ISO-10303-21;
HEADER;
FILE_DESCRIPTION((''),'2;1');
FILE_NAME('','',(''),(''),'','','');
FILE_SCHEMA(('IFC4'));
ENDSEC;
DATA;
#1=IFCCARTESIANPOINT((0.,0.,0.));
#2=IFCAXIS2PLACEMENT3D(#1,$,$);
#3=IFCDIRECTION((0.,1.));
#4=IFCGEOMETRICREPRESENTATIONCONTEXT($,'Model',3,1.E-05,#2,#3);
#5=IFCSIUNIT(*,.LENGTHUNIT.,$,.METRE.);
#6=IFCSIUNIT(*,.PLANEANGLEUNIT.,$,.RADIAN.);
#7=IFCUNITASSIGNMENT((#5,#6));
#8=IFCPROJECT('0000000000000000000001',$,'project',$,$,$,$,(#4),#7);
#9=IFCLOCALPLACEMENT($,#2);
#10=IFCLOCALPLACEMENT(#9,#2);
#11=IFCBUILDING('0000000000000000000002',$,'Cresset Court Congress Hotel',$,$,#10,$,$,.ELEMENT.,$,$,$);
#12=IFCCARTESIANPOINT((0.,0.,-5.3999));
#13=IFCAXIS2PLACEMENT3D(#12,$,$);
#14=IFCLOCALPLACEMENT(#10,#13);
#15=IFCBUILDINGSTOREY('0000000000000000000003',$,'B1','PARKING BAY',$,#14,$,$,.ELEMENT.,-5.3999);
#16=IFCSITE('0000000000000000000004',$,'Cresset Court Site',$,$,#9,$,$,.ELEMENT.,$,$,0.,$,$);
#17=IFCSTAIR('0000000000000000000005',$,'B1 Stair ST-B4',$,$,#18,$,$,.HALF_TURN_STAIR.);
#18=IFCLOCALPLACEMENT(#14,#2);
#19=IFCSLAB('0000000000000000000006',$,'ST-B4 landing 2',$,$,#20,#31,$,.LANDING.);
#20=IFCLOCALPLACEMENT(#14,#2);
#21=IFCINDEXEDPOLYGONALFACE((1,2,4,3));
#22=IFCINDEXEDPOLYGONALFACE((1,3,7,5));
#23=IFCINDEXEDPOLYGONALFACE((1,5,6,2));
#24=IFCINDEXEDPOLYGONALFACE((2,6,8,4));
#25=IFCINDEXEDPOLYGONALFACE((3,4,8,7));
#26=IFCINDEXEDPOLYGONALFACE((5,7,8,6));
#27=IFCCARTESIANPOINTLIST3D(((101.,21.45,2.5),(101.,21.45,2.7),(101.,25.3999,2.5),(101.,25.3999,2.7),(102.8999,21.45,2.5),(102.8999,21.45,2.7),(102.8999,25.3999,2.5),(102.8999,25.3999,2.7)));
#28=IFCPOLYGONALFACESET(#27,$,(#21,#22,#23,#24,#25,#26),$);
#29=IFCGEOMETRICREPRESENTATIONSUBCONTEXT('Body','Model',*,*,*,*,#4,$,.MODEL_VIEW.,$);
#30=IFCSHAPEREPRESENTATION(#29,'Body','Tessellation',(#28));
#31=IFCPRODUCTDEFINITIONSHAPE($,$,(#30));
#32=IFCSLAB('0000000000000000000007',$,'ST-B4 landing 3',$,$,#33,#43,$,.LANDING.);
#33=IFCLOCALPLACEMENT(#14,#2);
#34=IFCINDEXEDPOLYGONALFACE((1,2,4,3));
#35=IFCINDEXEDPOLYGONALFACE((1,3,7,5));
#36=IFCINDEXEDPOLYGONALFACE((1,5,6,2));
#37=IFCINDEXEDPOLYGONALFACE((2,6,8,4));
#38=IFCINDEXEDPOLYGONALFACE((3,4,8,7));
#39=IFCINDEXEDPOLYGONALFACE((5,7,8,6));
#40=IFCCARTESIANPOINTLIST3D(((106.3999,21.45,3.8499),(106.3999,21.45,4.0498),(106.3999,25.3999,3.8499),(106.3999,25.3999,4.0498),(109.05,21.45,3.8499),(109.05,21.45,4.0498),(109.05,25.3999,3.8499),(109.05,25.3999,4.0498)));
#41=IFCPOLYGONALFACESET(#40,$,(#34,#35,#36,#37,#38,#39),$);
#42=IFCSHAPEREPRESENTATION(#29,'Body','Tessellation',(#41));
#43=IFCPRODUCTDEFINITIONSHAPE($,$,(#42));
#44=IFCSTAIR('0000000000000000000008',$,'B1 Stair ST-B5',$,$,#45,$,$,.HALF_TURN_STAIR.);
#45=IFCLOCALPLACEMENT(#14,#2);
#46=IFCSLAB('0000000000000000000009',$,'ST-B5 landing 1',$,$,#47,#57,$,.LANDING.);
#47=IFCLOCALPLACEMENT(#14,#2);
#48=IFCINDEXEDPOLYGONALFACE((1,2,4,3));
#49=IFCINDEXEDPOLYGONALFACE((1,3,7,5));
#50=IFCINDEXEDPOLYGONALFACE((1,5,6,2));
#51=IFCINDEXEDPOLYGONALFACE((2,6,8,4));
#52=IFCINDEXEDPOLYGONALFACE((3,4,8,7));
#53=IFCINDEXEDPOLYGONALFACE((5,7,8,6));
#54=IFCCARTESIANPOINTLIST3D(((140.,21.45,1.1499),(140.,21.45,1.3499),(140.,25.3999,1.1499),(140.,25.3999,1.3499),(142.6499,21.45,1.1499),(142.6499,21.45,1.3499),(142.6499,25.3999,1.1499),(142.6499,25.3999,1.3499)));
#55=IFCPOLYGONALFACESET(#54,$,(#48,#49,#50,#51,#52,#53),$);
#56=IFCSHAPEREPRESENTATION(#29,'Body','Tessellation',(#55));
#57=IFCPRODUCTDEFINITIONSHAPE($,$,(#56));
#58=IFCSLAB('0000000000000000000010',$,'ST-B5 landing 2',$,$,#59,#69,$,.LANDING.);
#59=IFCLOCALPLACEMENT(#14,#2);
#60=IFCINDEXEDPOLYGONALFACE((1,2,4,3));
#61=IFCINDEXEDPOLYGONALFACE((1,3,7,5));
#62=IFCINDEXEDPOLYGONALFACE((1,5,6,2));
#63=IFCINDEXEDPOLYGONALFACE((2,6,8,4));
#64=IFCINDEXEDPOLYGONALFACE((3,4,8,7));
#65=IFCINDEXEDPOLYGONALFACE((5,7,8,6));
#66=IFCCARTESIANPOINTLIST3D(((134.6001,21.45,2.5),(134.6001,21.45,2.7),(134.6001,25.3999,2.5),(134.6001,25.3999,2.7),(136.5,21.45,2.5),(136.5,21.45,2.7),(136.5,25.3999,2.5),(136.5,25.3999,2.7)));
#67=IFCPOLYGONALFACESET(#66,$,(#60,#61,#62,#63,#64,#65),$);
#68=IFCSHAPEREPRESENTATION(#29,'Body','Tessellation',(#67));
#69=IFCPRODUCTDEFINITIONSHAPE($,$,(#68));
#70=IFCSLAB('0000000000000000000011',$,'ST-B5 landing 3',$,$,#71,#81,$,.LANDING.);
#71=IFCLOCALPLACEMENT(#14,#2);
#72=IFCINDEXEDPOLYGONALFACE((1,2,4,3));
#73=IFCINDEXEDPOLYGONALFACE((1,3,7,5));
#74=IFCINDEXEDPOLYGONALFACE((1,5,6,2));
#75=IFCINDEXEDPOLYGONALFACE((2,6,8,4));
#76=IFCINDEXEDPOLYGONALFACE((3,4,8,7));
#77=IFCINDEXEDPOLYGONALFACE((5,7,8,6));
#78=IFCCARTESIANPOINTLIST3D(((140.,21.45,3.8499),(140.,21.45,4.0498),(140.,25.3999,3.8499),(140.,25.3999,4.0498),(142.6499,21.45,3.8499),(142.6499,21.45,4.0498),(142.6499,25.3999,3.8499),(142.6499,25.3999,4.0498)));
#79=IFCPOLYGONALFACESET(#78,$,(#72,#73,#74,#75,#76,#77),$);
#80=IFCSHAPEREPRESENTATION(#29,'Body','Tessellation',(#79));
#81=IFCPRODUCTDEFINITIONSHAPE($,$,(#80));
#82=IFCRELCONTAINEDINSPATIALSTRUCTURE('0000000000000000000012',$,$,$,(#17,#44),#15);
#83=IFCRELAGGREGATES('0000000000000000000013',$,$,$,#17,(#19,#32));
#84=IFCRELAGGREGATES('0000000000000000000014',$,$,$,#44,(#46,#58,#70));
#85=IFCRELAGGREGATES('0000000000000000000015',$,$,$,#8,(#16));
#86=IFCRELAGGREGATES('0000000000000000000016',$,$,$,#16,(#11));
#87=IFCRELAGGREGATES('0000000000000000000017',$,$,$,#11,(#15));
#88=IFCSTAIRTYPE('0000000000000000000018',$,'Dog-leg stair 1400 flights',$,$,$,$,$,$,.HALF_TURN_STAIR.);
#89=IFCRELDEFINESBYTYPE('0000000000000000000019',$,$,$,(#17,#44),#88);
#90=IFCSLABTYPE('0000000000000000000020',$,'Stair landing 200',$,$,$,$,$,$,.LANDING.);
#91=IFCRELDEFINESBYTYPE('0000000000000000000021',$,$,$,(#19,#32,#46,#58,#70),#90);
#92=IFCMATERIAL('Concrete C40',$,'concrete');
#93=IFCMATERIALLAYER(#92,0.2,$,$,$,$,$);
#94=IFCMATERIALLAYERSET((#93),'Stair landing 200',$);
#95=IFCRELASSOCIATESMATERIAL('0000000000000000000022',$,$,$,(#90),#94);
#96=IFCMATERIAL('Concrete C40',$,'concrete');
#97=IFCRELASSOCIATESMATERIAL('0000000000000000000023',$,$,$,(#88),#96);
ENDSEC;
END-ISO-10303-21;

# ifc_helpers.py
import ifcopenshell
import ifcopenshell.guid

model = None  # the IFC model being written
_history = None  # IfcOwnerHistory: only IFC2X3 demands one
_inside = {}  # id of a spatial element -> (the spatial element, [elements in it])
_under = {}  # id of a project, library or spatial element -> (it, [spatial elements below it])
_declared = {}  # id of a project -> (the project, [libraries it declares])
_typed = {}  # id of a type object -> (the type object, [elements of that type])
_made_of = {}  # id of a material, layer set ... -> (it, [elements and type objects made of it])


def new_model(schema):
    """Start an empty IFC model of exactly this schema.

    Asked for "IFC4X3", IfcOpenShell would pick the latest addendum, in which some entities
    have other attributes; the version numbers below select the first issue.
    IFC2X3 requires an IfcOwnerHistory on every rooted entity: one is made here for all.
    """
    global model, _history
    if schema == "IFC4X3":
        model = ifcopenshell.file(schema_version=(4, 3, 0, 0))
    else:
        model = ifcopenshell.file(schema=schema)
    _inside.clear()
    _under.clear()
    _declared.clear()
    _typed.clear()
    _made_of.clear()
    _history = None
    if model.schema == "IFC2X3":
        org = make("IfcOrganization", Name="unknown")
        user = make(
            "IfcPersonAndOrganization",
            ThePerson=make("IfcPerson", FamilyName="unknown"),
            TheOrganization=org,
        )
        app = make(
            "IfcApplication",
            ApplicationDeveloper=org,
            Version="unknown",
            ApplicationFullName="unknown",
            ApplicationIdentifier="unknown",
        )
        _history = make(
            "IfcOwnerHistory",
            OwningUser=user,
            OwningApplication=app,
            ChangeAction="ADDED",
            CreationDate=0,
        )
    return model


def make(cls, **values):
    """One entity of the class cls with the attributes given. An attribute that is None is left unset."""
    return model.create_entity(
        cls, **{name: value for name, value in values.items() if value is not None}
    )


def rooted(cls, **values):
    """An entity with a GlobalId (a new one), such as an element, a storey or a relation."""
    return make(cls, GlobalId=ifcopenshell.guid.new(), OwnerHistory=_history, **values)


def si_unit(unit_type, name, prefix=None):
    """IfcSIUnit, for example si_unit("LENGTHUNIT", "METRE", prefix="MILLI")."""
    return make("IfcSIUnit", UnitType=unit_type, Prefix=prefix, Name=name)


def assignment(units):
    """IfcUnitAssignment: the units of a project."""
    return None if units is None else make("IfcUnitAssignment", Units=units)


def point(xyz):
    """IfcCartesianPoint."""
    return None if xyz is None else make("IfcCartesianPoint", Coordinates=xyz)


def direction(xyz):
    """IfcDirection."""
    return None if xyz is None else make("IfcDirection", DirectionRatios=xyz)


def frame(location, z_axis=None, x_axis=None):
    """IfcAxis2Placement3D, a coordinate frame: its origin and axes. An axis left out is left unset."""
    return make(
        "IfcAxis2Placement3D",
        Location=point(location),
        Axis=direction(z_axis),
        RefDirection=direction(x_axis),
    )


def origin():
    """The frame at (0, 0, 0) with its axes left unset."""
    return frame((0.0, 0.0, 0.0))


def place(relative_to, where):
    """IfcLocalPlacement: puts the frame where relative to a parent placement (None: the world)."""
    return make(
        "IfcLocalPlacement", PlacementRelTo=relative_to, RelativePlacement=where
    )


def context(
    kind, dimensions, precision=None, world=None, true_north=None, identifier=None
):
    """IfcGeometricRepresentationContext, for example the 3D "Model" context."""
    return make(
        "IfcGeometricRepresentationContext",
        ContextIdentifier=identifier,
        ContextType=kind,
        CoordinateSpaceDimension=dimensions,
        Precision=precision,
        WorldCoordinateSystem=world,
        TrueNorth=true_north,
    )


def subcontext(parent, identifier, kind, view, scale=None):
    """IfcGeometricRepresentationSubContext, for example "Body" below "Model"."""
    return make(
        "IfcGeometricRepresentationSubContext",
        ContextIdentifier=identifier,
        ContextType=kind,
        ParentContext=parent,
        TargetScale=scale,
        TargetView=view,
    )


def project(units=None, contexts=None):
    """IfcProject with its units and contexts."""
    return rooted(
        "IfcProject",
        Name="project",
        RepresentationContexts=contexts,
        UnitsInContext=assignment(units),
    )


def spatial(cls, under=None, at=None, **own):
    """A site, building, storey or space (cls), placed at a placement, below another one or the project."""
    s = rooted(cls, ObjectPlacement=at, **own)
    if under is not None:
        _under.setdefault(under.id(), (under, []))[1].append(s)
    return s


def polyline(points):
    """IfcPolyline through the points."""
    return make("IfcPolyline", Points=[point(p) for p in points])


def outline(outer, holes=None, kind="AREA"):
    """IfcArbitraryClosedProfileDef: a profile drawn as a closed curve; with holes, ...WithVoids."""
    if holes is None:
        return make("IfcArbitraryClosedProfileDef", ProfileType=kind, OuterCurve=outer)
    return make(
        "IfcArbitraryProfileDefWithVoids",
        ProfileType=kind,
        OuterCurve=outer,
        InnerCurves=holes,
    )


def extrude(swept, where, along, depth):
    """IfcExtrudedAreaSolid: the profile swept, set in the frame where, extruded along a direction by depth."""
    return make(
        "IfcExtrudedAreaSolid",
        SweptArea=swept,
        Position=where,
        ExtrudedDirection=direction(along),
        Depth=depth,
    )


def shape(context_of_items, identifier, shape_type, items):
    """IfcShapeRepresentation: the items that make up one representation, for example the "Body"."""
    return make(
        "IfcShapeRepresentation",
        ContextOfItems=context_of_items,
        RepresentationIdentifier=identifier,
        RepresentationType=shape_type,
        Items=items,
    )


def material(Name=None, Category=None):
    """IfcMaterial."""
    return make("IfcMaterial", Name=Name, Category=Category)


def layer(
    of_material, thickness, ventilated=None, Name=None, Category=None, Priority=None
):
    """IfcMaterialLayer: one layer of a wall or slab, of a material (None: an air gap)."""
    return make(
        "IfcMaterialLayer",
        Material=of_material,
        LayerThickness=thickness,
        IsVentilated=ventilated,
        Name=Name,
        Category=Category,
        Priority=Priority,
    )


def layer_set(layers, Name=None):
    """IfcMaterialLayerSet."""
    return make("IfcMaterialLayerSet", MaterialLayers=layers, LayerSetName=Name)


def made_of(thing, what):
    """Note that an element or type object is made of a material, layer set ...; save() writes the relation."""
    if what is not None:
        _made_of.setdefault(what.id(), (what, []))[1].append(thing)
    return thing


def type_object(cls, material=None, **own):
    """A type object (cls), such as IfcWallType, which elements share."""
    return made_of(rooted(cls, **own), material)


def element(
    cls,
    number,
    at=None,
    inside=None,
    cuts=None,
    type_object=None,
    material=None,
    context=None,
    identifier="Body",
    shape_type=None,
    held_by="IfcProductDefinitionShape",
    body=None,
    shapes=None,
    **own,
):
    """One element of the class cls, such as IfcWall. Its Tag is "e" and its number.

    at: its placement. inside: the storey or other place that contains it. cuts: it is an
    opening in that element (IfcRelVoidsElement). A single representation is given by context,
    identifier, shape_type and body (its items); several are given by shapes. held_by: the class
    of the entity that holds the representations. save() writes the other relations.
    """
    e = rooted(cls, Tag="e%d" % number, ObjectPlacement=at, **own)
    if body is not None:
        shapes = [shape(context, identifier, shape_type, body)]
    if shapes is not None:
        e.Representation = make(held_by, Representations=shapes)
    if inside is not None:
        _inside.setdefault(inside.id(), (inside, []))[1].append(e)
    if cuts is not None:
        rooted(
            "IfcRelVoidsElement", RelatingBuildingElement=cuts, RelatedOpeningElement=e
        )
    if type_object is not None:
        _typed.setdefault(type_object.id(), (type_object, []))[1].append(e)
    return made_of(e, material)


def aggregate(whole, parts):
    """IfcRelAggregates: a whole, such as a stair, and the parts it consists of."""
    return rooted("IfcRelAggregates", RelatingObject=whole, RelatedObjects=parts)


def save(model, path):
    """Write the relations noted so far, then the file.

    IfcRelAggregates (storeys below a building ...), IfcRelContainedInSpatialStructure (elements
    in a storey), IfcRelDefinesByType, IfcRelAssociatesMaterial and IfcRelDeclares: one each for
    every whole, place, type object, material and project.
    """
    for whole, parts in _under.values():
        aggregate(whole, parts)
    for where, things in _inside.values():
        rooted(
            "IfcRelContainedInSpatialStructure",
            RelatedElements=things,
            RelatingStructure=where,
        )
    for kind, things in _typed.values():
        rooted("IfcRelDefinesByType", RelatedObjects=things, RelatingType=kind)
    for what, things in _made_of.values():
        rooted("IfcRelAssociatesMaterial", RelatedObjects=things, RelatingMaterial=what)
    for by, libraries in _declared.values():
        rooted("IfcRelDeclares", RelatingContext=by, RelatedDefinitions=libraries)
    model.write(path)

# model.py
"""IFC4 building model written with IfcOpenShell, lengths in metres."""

from ifc_helpers import new_model, si_unit, direction, frame, origin, place, context, subcontext, project, spatial, polyline, outline, extrude, material, layer, layer_set, type_object, element, aggregate, save


model = new_model("IFC4")

# Units and contexts
model_context = context("Model", 3, precision=1e-05, world=origin(), true_north=direction((0.0, 1.0)))
body_context = subcontext(model_context, "Body", "Model", "MODEL_VIEW")
ifc_project = project(units=[si_unit("LENGTHUNIT", "METRE"), si_unit("PLANEANGLEUNIT", "RADIAN")], contexts=[model_context])

# Site, building, storey
site_placement = place(None, origin())
site = spatial("IfcSite", under=ifc_project, at=site_placement, Name="Cresset Court Site", CompositionType="ELEMENT", RefElevation=0.0)
building_placement = place(site_placement, origin())
building = spatial("IfcBuilding", under=site, at=building_placement, Name="Cresset Court Congress Hotel", CompositionType="ELEMENT")
storey_placement = place(building_placement, frame((0.0, 0.0, -5.3999)))
storey = spatial("IfcBuildingStorey", under=building, at=storey_placement, Name="B1", Description="PARKING BAY", CompositionType="ELEMENT", Elevation=-5.3999)

# Stairs, slabs
ifc_material_1 = material(Name="Concrete C40", Category="concrete")
ifc_layer_1 = layer(ifc_material_1, 0.2)
ifc_layer_set_1 = layer_set([ifc_layer_1], Name="Stair landing 200")
slab_type_1 = type_object("IfcSlabType", Name="Stair landing 200", PredefinedType="LANDING", material=ifc_layer_set_1)
ifc_material_2 = material(Name="Concrete C40", Category="concrete")
stair_type_1 = type_object("IfcStairType", Name="Dog-leg stair 1400 flights", PredefinedType="HALF_TURN_STAIR", material=ifc_material_2)
stair_1_placement = place(storey_placement, origin())
stair_1 = element("IfcStair", 1, at=stair_1_placement, inside=storey, type_object=stair_type_1, Name="B1 Stair ST-B4", PredefinedType="HALF_TURN_STAIR")
slab_1_placement = place(storey_placement, frame((0.0, 0.0, 2.5)))
slab_1 = element("IfcSlab", 2, at=slab_1_placement, type_object=slab_type_1, Name="ST-B4 landing 2", PredefinedType="LANDING", context=body_context, shape_type="SweptSolid", body=[
    extrude(outline(polyline([(101.0, 21.45), (102.8999, 21.45), (102.8999, 25.3999), (101.0, 25.3999), (101.0, 21.45)])), origin(), (0.0, 0.0, 1.0), 0.2),
])
slab_2_placement = place(storey_placement, frame((0.0, 0.0, 3.8499)))
slab_2 = element("IfcSlab", 3, at=slab_2_placement, type_object=slab_type_1, Name="ST-B4 landing 3", PredefinedType="LANDING", context=body_context, shape_type="SweptSolid", body=[
    extrude(outline(polyline([(106.3999, 21.45), (109.05, 21.45), (109.05, 25.3999), (106.3999, 25.3999), (106.3999, 21.45)])), origin(), (0.0, 0.0, 1.0), 0.2),
])
aggregate(stair_1, [slab_1, slab_2])
stair_2_placement = place(storey_placement, origin())
stair_2 = element("IfcStair", 4, at=stair_2_placement, inside=storey, type_object=stair_type_1, Name="B1 Stair ST-B5", PredefinedType="HALF_TURN_STAIR")
slab_3_placement = place(storey_placement, frame((0.0, 0.0, 1.1499)))
slab_3 = element("IfcSlab", 5, at=slab_3_placement, type_object=slab_type_1, Name="ST-B5 landing 1", PredefinedType="LANDING", context=body_context, shape_type="SweptSolid", body=[
    extrude(outline(polyline([(140.0, 21.45), (142.6499, 21.45), (142.6499, 25.3999), (140.0, 25.3999), (140.0, 21.45)])), origin(), (0.0, 0.0, 1.0), 0.2),
])
slab_4_placement = place(storey_placement, frame((0.0, 0.0, 2.5)))
slab_4 = element("IfcSlab", 6, at=slab_4_placement, type_object=slab_type_1, Name="ST-B5 landing 2", PredefinedType="LANDING", context=body_context, shape_type="SweptSolid", body=[
    extrude(outline(polyline([(134.6001, 21.45), (136.5, 21.45), (136.5, 25.3999), (134.6001, 25.3999), (134.6001, 21.45)])), origin(), (0.0, 0.0, 1.0), 0.2),
])
slab_5_placement = place(storey_placement, frame((0.0, 0.0, 3.8499)))
slab_5 = element("IfcSlab", 7, at=slab_5_placement, type_object=slab_type_1, Name="ST-B5 landing 3", PredefinedType="LANDING", context=body_context, shape_type="SweptSolid", body=[
    extrude(outline(polyline([(140.0, 21.45), (142.6499, 21.45), (142.6499, 25.3999), (140.0, 25.3999), (140.0, 21.45)])), origin(), (0.0, 0.0, 1.0), 0.2),
])
aggregate(stair_2, [slab_3, slab_4, slab_5])

save(model, "model.ifc")
